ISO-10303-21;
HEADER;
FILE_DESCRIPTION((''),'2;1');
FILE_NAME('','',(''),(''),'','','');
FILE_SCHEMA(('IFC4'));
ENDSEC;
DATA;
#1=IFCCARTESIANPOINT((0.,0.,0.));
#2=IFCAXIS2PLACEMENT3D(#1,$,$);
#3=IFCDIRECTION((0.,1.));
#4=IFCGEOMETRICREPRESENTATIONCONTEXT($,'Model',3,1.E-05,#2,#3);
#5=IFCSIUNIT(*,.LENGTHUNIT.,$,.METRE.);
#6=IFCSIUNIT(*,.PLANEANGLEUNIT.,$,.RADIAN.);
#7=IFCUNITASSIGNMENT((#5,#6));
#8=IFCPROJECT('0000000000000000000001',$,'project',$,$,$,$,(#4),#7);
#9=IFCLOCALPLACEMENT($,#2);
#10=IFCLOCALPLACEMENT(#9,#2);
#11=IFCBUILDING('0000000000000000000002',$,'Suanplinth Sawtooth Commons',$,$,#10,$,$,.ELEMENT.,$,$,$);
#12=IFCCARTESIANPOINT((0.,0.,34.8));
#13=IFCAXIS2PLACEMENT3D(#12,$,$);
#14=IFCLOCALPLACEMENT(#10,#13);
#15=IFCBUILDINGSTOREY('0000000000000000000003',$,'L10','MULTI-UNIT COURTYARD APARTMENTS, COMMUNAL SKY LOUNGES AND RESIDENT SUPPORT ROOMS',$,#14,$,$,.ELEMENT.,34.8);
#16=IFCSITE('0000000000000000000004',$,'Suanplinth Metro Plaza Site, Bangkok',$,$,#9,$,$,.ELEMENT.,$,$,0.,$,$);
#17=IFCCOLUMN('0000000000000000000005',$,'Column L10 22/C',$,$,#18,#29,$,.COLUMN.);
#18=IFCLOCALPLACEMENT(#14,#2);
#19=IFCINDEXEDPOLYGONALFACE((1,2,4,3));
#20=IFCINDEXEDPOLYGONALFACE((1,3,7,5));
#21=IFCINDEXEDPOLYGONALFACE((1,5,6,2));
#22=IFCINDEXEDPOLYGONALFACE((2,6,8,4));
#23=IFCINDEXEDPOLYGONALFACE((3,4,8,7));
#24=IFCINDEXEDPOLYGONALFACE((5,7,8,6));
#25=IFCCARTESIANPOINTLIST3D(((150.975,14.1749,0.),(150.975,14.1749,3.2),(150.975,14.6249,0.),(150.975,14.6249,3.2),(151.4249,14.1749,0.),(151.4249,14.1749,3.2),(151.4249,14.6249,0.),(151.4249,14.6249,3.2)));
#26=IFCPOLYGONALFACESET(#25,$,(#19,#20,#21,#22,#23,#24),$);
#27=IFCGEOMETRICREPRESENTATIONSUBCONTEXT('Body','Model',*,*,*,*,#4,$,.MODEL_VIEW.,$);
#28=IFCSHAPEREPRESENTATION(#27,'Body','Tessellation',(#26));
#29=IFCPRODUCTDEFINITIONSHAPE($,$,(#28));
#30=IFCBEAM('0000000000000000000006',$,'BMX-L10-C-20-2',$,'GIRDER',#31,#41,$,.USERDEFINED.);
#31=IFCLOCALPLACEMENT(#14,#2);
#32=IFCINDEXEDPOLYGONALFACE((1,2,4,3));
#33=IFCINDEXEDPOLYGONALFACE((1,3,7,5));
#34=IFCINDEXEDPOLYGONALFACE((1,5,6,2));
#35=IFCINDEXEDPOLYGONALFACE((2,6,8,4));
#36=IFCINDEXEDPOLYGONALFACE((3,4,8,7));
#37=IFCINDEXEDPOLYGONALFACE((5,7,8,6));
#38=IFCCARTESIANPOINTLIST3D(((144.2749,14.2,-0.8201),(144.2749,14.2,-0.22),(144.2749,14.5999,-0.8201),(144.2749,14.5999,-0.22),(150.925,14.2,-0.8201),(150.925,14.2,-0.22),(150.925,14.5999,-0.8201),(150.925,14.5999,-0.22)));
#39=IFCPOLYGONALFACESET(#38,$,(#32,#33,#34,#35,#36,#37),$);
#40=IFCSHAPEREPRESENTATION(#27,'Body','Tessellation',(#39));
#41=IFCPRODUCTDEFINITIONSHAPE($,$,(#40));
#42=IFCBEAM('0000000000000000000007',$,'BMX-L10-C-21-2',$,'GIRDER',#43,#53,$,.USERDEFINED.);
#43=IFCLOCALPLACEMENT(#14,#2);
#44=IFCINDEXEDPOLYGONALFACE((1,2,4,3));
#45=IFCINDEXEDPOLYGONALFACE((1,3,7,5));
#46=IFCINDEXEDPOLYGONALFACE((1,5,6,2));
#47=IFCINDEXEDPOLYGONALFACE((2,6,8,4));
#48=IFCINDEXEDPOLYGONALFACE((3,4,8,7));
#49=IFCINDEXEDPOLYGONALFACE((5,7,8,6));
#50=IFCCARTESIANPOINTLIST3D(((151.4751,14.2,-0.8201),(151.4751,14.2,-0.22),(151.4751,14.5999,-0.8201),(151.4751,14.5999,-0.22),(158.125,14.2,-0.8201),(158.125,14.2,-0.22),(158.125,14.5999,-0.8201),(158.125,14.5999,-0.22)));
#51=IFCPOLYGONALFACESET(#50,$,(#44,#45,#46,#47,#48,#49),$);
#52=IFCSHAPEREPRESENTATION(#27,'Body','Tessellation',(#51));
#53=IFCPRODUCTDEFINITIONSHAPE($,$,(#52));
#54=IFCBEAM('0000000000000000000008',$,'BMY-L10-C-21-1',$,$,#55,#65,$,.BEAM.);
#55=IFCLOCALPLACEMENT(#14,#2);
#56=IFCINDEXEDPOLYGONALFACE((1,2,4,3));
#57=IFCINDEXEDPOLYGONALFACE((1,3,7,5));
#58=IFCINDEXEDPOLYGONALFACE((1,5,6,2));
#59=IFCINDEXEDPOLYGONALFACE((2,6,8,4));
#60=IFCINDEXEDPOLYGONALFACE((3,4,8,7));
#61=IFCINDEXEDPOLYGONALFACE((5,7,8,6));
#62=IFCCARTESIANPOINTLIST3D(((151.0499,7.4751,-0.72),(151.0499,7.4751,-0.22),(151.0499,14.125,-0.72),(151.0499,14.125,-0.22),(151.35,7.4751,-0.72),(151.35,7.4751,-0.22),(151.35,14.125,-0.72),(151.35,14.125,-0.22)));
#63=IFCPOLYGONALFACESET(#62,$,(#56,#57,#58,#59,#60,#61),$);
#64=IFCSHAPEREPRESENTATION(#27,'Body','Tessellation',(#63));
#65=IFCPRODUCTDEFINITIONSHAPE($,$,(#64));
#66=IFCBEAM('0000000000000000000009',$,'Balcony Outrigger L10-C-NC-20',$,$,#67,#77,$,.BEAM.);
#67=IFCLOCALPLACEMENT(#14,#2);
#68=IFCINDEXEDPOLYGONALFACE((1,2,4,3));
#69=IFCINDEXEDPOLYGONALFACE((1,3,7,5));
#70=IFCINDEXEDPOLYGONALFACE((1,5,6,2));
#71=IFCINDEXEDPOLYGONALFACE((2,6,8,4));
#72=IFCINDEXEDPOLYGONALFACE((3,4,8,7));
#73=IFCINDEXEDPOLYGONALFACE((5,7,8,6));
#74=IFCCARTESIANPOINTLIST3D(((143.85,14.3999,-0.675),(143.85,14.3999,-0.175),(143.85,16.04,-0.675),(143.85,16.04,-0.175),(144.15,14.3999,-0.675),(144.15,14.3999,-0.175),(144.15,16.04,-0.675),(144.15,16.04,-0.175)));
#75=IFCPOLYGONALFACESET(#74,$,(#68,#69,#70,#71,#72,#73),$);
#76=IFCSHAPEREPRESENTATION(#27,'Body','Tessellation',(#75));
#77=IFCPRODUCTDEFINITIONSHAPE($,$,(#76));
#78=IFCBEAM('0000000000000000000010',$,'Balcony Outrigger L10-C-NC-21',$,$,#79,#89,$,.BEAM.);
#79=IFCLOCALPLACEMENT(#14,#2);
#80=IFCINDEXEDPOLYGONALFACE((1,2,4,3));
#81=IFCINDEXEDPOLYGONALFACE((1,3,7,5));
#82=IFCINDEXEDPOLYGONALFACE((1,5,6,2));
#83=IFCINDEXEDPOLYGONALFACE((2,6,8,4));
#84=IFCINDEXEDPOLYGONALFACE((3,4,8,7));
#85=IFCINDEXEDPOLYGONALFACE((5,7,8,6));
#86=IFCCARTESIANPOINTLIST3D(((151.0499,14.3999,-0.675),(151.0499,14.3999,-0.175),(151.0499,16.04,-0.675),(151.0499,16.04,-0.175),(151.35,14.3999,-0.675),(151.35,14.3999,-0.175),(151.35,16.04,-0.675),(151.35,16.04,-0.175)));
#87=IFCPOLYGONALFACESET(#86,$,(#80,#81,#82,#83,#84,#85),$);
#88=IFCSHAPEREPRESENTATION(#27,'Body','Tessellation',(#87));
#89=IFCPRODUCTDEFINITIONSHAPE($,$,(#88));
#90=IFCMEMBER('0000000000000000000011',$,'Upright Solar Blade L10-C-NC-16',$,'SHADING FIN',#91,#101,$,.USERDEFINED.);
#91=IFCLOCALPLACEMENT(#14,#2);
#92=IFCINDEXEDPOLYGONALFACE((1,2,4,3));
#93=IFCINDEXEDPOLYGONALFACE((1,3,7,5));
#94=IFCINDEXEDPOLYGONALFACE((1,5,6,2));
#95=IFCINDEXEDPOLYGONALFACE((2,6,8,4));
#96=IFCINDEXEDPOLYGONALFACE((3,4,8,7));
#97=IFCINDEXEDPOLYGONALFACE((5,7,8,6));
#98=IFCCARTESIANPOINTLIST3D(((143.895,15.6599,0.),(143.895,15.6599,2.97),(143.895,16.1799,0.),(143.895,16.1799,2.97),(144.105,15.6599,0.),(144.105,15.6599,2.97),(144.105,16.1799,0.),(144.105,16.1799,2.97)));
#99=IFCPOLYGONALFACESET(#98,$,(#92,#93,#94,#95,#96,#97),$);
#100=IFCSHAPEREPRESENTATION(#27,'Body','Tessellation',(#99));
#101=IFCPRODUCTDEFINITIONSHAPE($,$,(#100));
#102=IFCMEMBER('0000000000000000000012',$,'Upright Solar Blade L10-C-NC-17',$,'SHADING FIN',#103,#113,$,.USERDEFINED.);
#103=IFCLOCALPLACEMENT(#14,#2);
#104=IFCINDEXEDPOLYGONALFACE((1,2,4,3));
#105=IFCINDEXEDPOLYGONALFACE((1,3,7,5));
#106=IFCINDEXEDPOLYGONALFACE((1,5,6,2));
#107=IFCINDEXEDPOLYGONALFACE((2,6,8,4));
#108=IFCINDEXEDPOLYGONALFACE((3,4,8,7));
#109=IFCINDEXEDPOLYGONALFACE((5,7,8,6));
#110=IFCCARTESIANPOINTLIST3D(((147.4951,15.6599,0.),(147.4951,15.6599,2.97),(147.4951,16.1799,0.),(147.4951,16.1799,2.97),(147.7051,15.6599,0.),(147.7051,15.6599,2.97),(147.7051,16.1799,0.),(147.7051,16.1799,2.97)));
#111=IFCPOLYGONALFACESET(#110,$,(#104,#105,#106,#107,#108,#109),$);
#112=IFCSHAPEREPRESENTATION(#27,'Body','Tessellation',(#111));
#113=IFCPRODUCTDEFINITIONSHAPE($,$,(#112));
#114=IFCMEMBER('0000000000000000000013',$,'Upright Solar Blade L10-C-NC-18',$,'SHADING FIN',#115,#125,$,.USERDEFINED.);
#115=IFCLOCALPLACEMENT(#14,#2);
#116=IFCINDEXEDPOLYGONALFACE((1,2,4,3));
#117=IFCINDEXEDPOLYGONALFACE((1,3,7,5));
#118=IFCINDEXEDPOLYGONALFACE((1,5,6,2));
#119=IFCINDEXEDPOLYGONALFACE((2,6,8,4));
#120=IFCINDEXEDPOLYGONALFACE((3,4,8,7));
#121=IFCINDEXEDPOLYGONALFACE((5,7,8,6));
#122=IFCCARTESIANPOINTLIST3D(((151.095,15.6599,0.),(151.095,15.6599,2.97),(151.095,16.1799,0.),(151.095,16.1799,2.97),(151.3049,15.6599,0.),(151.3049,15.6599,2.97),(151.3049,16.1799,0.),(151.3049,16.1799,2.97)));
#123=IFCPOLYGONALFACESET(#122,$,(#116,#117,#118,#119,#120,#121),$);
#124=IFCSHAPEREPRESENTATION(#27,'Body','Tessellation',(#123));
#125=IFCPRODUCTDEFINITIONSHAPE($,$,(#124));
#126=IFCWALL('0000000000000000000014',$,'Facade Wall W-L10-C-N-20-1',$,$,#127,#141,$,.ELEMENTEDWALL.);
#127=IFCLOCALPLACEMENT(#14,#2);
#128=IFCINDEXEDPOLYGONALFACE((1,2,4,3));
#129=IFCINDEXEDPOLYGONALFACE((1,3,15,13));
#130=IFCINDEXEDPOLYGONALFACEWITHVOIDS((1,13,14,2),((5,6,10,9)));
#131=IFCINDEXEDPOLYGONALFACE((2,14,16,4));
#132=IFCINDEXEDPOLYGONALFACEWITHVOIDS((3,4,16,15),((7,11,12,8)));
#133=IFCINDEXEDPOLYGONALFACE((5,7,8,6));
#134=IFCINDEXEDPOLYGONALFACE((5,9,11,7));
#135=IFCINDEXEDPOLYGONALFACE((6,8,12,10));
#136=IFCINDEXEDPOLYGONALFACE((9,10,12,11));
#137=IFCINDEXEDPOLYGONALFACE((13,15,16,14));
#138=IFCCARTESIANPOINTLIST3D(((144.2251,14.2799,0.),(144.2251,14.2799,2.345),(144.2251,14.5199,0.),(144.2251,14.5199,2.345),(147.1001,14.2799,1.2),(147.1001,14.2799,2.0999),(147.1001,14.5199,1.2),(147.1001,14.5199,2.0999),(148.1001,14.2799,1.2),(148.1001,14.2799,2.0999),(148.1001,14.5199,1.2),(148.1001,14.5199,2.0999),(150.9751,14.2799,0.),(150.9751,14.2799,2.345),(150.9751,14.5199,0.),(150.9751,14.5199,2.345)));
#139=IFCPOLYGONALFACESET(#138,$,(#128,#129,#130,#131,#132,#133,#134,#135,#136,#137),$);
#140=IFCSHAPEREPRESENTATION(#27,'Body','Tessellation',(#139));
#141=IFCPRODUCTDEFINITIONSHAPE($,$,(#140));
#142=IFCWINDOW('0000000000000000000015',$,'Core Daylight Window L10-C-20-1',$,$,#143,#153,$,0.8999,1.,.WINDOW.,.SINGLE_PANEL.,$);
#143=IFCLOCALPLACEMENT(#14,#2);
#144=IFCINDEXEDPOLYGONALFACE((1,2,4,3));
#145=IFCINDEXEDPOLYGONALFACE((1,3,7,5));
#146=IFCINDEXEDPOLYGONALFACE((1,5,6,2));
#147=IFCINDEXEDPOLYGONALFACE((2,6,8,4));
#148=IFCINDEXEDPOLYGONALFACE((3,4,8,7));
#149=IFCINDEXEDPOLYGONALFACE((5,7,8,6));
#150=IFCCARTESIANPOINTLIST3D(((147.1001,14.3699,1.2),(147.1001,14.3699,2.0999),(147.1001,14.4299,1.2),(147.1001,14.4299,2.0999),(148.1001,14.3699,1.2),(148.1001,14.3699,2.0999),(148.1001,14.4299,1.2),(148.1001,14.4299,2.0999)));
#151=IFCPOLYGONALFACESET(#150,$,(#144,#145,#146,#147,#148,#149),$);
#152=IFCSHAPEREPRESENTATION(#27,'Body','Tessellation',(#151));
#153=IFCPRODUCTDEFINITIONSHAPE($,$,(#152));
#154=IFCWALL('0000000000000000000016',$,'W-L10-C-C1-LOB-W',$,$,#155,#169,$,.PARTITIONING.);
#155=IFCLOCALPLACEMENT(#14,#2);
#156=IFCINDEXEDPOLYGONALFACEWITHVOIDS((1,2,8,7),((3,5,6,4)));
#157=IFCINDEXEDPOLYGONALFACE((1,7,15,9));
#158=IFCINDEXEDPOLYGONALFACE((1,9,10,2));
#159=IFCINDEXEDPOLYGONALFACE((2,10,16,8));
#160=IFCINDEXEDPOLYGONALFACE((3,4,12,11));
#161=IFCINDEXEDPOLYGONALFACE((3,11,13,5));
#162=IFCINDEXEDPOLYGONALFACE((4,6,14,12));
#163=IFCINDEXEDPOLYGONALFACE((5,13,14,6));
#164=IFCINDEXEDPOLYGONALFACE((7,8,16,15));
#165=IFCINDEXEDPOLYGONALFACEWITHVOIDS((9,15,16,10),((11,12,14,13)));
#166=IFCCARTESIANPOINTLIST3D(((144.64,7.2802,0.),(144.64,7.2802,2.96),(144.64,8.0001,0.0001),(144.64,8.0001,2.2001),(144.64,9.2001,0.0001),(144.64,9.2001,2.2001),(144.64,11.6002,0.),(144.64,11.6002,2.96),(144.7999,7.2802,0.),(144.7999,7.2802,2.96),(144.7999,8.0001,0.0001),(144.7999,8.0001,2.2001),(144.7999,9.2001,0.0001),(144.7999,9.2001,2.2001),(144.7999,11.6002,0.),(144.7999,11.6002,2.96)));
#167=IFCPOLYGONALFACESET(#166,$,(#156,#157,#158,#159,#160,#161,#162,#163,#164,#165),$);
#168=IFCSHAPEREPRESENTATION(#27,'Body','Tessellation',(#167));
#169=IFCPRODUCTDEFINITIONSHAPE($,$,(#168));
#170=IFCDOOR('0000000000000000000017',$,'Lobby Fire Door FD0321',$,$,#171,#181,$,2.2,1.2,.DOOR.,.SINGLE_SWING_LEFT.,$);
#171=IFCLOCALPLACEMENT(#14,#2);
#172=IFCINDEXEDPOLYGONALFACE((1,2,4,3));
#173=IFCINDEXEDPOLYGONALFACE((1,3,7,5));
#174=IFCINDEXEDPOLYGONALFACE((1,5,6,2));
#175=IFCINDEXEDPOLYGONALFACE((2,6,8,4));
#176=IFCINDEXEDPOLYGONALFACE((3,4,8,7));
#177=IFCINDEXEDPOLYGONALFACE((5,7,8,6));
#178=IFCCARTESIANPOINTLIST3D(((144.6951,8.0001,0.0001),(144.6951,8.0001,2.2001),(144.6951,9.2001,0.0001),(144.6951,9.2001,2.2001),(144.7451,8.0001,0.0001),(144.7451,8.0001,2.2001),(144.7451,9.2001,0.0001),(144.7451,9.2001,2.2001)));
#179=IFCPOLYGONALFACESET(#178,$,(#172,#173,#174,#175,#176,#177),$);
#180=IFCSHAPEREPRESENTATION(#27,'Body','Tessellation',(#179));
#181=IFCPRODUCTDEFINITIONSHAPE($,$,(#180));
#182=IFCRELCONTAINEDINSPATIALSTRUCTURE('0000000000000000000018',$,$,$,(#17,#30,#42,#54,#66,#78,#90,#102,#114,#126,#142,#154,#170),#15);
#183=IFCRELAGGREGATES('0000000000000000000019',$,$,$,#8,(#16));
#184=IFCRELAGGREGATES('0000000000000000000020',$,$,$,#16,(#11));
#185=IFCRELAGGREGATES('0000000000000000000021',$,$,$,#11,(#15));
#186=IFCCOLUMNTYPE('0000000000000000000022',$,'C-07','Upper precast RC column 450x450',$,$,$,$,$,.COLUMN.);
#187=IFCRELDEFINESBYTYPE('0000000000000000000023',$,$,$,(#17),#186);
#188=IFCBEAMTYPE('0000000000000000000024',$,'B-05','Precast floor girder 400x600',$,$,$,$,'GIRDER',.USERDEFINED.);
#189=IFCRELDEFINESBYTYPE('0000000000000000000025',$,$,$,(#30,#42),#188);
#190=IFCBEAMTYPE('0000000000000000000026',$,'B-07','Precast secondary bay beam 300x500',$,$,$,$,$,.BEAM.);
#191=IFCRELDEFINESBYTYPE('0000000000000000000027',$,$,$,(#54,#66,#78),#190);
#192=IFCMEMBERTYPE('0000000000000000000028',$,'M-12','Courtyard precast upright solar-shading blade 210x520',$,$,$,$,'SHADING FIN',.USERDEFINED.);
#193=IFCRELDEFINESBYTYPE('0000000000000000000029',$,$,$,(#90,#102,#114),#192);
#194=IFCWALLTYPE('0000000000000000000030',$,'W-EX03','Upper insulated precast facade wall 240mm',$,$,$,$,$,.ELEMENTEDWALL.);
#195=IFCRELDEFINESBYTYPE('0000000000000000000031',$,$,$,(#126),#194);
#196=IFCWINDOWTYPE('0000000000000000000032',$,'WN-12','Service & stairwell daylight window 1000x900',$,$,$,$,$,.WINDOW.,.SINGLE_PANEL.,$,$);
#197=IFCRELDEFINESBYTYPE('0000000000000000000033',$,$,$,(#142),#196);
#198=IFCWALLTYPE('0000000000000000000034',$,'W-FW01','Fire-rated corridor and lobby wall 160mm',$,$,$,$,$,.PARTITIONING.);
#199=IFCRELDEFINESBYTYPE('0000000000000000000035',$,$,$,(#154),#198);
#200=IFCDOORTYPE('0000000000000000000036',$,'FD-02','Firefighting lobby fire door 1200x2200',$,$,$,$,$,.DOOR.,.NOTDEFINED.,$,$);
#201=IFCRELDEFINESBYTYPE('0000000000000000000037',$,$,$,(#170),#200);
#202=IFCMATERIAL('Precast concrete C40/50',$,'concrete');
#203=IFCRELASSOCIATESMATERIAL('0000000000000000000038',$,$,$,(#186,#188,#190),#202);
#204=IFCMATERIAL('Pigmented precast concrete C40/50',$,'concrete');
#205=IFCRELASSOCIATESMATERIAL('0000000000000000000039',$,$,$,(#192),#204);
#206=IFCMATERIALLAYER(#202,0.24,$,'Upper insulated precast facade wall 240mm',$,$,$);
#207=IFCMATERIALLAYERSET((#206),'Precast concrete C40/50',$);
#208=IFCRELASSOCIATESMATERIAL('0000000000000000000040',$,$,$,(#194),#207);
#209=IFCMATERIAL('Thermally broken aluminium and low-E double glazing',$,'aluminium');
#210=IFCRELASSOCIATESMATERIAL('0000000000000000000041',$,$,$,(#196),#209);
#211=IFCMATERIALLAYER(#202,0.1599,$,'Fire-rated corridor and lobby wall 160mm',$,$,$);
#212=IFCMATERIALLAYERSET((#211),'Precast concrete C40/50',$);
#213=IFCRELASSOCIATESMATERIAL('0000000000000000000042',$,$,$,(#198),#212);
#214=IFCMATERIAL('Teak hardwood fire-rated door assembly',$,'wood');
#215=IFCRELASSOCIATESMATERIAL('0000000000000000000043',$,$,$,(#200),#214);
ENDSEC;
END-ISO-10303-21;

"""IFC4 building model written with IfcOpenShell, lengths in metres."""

from ifc_helpers import new_model, si_unit, direction, frame, frame_2d, origin, origin_2d, place, context, subcontext, project, spatial, rectangle, extrude, material, layer, layer_set, material_profile, profile_set, type_object, element, fill, save


model = new_model("IFC4")

# Units and contexts
model_context = context("Model", 3, precision=1e-05, world=origin(), true_north=direction((0.0, 1.0)))
body_context = subcontext(model_context, "Body", "Model", "MODEL_VIEW")
ifc_project = project(units=[si_unit("LENGTHUNIT", "METRE"), si_unit("PLANEANGLEUNIT", "RADIAN")], contexts=[model_context])

# Site, building, storey
site_placement = place(None, origin())
site = spatial("IfcSite", under=ifc_project, at=site_placement, Name="Suanplinth Metro Plaza Site, Bangkok", CompositionType="ELEMENT", RefElevation=0.0)
building_placement = place(site_placement, origin())
building = spatial("IfcBuilding", under=site, at=building_placement, Name="Suanplinth Sawtooth Commons", CompositionType="ELEMENT")
storey_placement = place(building_placement, frame((0.0, 0.0, 34.8)))
storey = spatial("IfcBuildingStorey", under=building, at=storey_placement, Name="L10", Description="MULTI-UNIT COURTYARD APARTMENTS, COMMUNAL SKY LOUNGES AND RESIDENT SUPPORT ROOMS", CompositionType="ELEMENT", Elevation=34.8)

# Column
ifc_material_1 = material(Name="Precast concrete C40/50", Category="concrete")
ifc_material_profile_1 = material_profile(ifc_material_1, rectangle(XDim=0.45, YDim=0.45, at=origin_2d()), Name="PC-COL 450x450")
ifc_profile_set_1 = profile_set([ifc_material_profile_1], Name="Precast concrete C40/50")
column_type = type_object("IfcColumnType", Name="C-07", Description="Upper precast RC column 450x450", PredefinedType="COLUMN", material=ifc_profile_set_1)
column_placement = place(storey_placement, frame((151.2, 14.3999, 0.0), z_axis=(0.0, 0.0, 1.0), x_axis=(1.0, 0.0, 0.0)))
element("IfcColumn", 1, at=column_placement, inside=storey, type_object=column_type, Name="Column L10 22/C", PredefinedType="COLUMN", context=body_context, shape_type="SweptSolid", body=[
    extrude(rectangle(XDim=0.45, YDim=0.45, at=origin_2d()), origin(), (0.0, 0.0, 1.0), 3.2),
])

# Beams
ifc_material_profile_2 = material_profile(ifc_material_1, rectangle(XDim=0.3999, YDim=0.6001, at=origin_2d()), Name="PC-GDR 400x600")
ifc_profile_set_2 = profile_set([ifc_material_profile_2], Name="Precast concrete C40/50")
beam_type_1 = type_object("IfcBeamType", Name="B-05", Description="Precast floor girder 400x600", ElementType="GIRDER", PredefinedType="USERDEFINED", material=ifc_profile_set_2)
beam_1_placement = place(storey_placement, frame((144.2749, 14.3999, -0.52), z_axis=(1.0, 0.0, 0.0), x_axis=(0.0, 1.0, 0.0)))
element("IfcBeam", 2, at=beam_1_placement, inside=storey, type_object=beam_type_1, Name="BMX-L10-C-20-2", ObjectType="GIRDER", PredefinedType="USERDEFINED", context=body_context, shape_type="SweptSolid", body=[
    extrude(rectangle(XDim=0.3999, YDim=0.6001, at=origin_2d()), origin(), (0.0, 0.0, 1.0), 6.6501),
])
beam_2_placement = place(storey_placement, frame((151.4751, 14.3999, -0.52), z_axis=(1.0, 0.0, 0.0), x_axis=(0.0, 1.0, 0.0)))
element("IfcBeam", 3, at=beam_2_placement, inside=storey, type_object=beam_type_1, Name="BMX-L10-C-21-2", ObjectType="GIRDER", PredefinedType="USERDEFINED", context=body_context, shape_type="SweptSolid", body=[
    extrude(rectangle(XDim=0.3999, YDim=0.6001, at=origin_2d()), origin(), (0.0, 0.0, 1.0), 6.6499),
])
ifc_material_profile_3 = material_profile(ifc_material_1, rectangle(XDim=0.3, YDim=0.5, at=origin_2d()), Name="PC-BM 300x500")
ifc_profile_set_3 = profile_set([ifc_material_profile_3], Name="Precast concrete C40/50")
beam_type_2 = type_object("IfcBeamType", Name="B-07", Description="Precast secondary bay beam 300x500", PredefinedType="BEAM", material=ifc_profile_set_3)
beam_3_placement = place(storey_placement, frame((151.2, 7.4751, -0.47), z_axis=(0.0, 1.0, 0.0), x_axis=(-1.0, 0.0, 0.0)))
element("IfcBeam", 4, at=beam_3_placement, inside=storey, type_object=beam_type_2, Name="BMY-L10-C-21-1", PredefinedType="BEAM", context=body_context, shape_type="SweptSolid", body=[
    extrude(rectangle(XDim=0.3, YDim=0.5, at=origin_2d()), origin(), (0.0, 0.0, 1.0), 6.6499),
])
for number, where, z_axis, x_axis, name in (
    (5, (144.0, 14.3999, -0.425), (0.0, 1.0, 0.0), (-1.0, 0.0, 0.0), "Balcony Outrigger L10-C-NC-20"),
    (6, (151.2, 14.3999, -0.425), (0.0, 1.0, 0.0), (-1.0, 0.0, 0.0), "Balcony Outrigger L10-C-NC-21"),
):
    element("IfcBeam", number, at=place(storey_placement, frame(where, z_axis=z_axis, x_axis=x_axis)), inside=storey, type_object=beam_type_2, Name=name, PredefinedType="BEAM", context=body_context, shape_type="SweptSolid", body=[
        extrude(rectangle(XDim=0.3, YDim=0.5, at=origin_2d()), origin(), (0.0, 0.0, 1.0), 1.6401),
    ])

# Members
ifc_material_2 = material(Name="Pigmented precast concrete C40/50", Category="concrete")
ifc_material_profile_4 = material_profile(ifc_material_2, rectangle(XDim=0.21, YDim=0.52, at=origin_2d()), Name="PC-FIN 210x520")
ifc_profile_set_4 = profile_set([ifc_material_profile_4], Name="Pigmented precast concrete C40/50")
member_type = type_object("IfcMemberType", Name="M-12", Description="Courtyard precast upright solar-shading blade 210x520", ElementType="SHADING FIN", PredefinedType="USERDEFINED", material=ifc_profile_set_4)
for number, where, z_axis, x_axis, name in (
    (7, (144.0, 15.9199, 0.0), (0.0, 0.0, 1.0), (1.0, 0.0, 0.0), "Upright Solar Blade L10-C-NC-16"),
    (8, (147.6001, 15.9199, 0.0), (0.0, 0.0, 1.0), (1.0, 0.0, 0.0), "Upright Solar Blade L10-C-NC-17"),
    (9, (151.2, 15.9199, 0.0), (0.0, 0.0, 1.0), (1.0, 0.0, 0.0), "Upright Solar Blade L10-C-NC-18"),
):
    element("IfcMember", number, at=place(storey_placement, frame(where, z_axis=z_axis, x_axis=x_axis)), inside=storey, type_object=member_type, Name=name, ObjectType="SHADING FIN", PredefinedType="USERDEFINED", context=body_context, shape_type="SweptSolid", body=[
        extrude(rectangle(XDim=0.21, YDim=0.52, at=origin_2d()), origin(), (0.0, 0.0, 1.0), 2.97),
    ])

# Wall, opening, window
ifc_layer_1 = layer(ifc_material_1, 0.24, Name="Upper insulated precast facade wall 240mm")
ifc_layer_set_1 = layer_set([ifc_layer_1], Name="Precast concrete C40/50")
wall_type_1 = type_object("IfcWallType", Name="W-EX03", Description="Upper insulated precast facade wall 240mm", PredefinedType="ELEMENTEDWALL", material=ifc_layer_set_1)
wall_1_placement = place(storey_placement, frame((144.2251, 14.3999, 0.0), z_axis=(0.0, 0.0, 1.0), x_axis=(1.0, 0.0, 0.0)))
wall_1 = element("IfcWall", 10, at=wall_1_placement, inside=storey, type_object=wall_type_1, Name="Facade Wall W-L10-C-N-20-1", PredefinedType="ELEMENTEDWALL", context=body_context, shape_type="SweptSolid", body=[
    extrude(rectangle(XDim=6.75, YDim=0.24, at=frame_2d((3.375, 0.0))), origin(), (0.0, 0.0, 1.0), 2.345),
])
opening_1_placement = place(wall_1_placement, frame((2.875, 0.0, 1.2)))
opening_1 = element("IfcOpeningElement", 11, at=opening_1_placement, cuts=wall_1, PredefinedType="OPENING", context=body_context, shape_type="SweptSolid", body=[
    extrude(rectangle(XDim=1.0, YDim=0.8999, at=frame_2d((0.5, 0.45))), frame((0.0, 0.1348, 0.0), z_axis=(0.0, -1.0, 0.0), x_axis=(1.0, 0.0, 0.0)), (0.0, 0.0, 1.0), 0.2698),
])
ifc_material_3 = material(Name="Thermally broken aluminium and low-E double glazing", Category="aluminium")
window_type_1 = type_object("IfcWindowType", Name="WN-12", Description="Service & stairwell daylight window 1000x900", PartitioningType="SINGLE_PANEL", PredefinedType="WINDOW", material=ifc_material_3)
window_1_placement = place(opening_1_placement, origin())
window_1 = element("IfcWindow", 12, at=window_1_placement, inside=storey, type_object=window_type_1, Name="Core Daylight Window L10-C-20-1", OverallHeight=0.8999, OverallWidth=1.0, PartitioningType="SINGLE_PANEL", PredefinedType="WINDOW", context=body_context, shape_type="SweptSolid", body=[
    extrude(rectangle(XDim=1.0, YDim=0.8999, at=frame_2d((0.5, 0.45))), frame((0.0, 0.03, 0.0), z_axis=(0.0, -1.0, 0.0), x_axis=(1.0, 0.0, 0.0)), (0.0, 0.0, 1.0), 0.0601),
])
fill(opening_1, window_1)

# Wall, opening, door
ifc_layer_2 = layer(ifc_material_1, 0.1599, Name="Fire-rated corridor and lobby wall 160mm")
ifc_layer_set_2 = layer_set([ifc_layer_2], Name="Precast concrete C40/50")
wall_type_2 = type_object("IfcWallType", Name="W-FW01", Description="Fire-rated corridor and lobby wall 160mm", PredefinedType="PARTITIONING", material=ifc_layer_set_2)
wall_2_placement = place(storey_placement, frame((144.72, 7.28, 0.0), z_axis=(0.0, 0.0, 1.0), x_axis=(0.0, 1.0, 0.0)))
wall_2 = element("IfcWall", 13, at=wall_2_placement, inside=storey, type_object=wall_type_2, Name="W-L10-C-C1-LOB-W", PredefinedType="PARTITIONING", context=body_context, shape_type="SweptSolid", body=[
    extrude(rectangle(XDim=4.3201, YDim=0.1599, at=frame_2d((2.1602, 0.0))), origin(), (0.0, 0.0, 1.0), 2.96),
])
opening_2_placement = place(wall_2_placement, frame((0.72, 0.0, 0.0)))
opening_2 = element("IfcOpeningElement", 14, at=opening_2_placement, cuts=wall_2, PredefinedType="OPENING", context=body_context, shape_type="SweptSolid", body=[
    extrude(rectangle(XDim=1.2, YDim=2.2, at=frame_2d((0.6001, 1.1001))), frame((0.0, 0.0947, 0.0), z_axis=(0.0, -1.0, 0.0), x_axis=(1.0, 0.0, 0.0)), (0.0, 0.0, 1.0), 0.1897),
])
ifc_material_4 = material(Name="Teak hardwood fire-rated door assembly", Category="wood")
door_type_1 = type_object("IfcDoorType", Name="FD-02", Description="Firefighting lobby fire door 1200x2200", OperationType="NOTDEFINED", PredefinedType="DOOR", material=ifc_material_4)
door_1_placement = place(opening_2_placement, origin())
door_1 = element("IfcDoor", 15, at=door_1_placement, inside=storey, type_object=door_type_1, Name="Lobby Fire Door FD0321", OperationType="SINGLE_SWING_LEFT", OverallHeight=2.2, OverallWidth=1.2, PredefinedType="DOOR", context=body_context, shape_type="SweptSolid", body=[
    extrude(rectangle(XDim=1.2, YDim=2.2, at=frame_2d((0.6001, 1.1001))), frame((0.0, 0.0249, 0.0), z_axis=(0.0, -1.0, 0.0), x_axis=(1.0, 0.0, 0.0)), (0.0, 0.0, 1.0), 0.05),
])
fill(opening_2, door_1)

save(model, "model.ifc")
